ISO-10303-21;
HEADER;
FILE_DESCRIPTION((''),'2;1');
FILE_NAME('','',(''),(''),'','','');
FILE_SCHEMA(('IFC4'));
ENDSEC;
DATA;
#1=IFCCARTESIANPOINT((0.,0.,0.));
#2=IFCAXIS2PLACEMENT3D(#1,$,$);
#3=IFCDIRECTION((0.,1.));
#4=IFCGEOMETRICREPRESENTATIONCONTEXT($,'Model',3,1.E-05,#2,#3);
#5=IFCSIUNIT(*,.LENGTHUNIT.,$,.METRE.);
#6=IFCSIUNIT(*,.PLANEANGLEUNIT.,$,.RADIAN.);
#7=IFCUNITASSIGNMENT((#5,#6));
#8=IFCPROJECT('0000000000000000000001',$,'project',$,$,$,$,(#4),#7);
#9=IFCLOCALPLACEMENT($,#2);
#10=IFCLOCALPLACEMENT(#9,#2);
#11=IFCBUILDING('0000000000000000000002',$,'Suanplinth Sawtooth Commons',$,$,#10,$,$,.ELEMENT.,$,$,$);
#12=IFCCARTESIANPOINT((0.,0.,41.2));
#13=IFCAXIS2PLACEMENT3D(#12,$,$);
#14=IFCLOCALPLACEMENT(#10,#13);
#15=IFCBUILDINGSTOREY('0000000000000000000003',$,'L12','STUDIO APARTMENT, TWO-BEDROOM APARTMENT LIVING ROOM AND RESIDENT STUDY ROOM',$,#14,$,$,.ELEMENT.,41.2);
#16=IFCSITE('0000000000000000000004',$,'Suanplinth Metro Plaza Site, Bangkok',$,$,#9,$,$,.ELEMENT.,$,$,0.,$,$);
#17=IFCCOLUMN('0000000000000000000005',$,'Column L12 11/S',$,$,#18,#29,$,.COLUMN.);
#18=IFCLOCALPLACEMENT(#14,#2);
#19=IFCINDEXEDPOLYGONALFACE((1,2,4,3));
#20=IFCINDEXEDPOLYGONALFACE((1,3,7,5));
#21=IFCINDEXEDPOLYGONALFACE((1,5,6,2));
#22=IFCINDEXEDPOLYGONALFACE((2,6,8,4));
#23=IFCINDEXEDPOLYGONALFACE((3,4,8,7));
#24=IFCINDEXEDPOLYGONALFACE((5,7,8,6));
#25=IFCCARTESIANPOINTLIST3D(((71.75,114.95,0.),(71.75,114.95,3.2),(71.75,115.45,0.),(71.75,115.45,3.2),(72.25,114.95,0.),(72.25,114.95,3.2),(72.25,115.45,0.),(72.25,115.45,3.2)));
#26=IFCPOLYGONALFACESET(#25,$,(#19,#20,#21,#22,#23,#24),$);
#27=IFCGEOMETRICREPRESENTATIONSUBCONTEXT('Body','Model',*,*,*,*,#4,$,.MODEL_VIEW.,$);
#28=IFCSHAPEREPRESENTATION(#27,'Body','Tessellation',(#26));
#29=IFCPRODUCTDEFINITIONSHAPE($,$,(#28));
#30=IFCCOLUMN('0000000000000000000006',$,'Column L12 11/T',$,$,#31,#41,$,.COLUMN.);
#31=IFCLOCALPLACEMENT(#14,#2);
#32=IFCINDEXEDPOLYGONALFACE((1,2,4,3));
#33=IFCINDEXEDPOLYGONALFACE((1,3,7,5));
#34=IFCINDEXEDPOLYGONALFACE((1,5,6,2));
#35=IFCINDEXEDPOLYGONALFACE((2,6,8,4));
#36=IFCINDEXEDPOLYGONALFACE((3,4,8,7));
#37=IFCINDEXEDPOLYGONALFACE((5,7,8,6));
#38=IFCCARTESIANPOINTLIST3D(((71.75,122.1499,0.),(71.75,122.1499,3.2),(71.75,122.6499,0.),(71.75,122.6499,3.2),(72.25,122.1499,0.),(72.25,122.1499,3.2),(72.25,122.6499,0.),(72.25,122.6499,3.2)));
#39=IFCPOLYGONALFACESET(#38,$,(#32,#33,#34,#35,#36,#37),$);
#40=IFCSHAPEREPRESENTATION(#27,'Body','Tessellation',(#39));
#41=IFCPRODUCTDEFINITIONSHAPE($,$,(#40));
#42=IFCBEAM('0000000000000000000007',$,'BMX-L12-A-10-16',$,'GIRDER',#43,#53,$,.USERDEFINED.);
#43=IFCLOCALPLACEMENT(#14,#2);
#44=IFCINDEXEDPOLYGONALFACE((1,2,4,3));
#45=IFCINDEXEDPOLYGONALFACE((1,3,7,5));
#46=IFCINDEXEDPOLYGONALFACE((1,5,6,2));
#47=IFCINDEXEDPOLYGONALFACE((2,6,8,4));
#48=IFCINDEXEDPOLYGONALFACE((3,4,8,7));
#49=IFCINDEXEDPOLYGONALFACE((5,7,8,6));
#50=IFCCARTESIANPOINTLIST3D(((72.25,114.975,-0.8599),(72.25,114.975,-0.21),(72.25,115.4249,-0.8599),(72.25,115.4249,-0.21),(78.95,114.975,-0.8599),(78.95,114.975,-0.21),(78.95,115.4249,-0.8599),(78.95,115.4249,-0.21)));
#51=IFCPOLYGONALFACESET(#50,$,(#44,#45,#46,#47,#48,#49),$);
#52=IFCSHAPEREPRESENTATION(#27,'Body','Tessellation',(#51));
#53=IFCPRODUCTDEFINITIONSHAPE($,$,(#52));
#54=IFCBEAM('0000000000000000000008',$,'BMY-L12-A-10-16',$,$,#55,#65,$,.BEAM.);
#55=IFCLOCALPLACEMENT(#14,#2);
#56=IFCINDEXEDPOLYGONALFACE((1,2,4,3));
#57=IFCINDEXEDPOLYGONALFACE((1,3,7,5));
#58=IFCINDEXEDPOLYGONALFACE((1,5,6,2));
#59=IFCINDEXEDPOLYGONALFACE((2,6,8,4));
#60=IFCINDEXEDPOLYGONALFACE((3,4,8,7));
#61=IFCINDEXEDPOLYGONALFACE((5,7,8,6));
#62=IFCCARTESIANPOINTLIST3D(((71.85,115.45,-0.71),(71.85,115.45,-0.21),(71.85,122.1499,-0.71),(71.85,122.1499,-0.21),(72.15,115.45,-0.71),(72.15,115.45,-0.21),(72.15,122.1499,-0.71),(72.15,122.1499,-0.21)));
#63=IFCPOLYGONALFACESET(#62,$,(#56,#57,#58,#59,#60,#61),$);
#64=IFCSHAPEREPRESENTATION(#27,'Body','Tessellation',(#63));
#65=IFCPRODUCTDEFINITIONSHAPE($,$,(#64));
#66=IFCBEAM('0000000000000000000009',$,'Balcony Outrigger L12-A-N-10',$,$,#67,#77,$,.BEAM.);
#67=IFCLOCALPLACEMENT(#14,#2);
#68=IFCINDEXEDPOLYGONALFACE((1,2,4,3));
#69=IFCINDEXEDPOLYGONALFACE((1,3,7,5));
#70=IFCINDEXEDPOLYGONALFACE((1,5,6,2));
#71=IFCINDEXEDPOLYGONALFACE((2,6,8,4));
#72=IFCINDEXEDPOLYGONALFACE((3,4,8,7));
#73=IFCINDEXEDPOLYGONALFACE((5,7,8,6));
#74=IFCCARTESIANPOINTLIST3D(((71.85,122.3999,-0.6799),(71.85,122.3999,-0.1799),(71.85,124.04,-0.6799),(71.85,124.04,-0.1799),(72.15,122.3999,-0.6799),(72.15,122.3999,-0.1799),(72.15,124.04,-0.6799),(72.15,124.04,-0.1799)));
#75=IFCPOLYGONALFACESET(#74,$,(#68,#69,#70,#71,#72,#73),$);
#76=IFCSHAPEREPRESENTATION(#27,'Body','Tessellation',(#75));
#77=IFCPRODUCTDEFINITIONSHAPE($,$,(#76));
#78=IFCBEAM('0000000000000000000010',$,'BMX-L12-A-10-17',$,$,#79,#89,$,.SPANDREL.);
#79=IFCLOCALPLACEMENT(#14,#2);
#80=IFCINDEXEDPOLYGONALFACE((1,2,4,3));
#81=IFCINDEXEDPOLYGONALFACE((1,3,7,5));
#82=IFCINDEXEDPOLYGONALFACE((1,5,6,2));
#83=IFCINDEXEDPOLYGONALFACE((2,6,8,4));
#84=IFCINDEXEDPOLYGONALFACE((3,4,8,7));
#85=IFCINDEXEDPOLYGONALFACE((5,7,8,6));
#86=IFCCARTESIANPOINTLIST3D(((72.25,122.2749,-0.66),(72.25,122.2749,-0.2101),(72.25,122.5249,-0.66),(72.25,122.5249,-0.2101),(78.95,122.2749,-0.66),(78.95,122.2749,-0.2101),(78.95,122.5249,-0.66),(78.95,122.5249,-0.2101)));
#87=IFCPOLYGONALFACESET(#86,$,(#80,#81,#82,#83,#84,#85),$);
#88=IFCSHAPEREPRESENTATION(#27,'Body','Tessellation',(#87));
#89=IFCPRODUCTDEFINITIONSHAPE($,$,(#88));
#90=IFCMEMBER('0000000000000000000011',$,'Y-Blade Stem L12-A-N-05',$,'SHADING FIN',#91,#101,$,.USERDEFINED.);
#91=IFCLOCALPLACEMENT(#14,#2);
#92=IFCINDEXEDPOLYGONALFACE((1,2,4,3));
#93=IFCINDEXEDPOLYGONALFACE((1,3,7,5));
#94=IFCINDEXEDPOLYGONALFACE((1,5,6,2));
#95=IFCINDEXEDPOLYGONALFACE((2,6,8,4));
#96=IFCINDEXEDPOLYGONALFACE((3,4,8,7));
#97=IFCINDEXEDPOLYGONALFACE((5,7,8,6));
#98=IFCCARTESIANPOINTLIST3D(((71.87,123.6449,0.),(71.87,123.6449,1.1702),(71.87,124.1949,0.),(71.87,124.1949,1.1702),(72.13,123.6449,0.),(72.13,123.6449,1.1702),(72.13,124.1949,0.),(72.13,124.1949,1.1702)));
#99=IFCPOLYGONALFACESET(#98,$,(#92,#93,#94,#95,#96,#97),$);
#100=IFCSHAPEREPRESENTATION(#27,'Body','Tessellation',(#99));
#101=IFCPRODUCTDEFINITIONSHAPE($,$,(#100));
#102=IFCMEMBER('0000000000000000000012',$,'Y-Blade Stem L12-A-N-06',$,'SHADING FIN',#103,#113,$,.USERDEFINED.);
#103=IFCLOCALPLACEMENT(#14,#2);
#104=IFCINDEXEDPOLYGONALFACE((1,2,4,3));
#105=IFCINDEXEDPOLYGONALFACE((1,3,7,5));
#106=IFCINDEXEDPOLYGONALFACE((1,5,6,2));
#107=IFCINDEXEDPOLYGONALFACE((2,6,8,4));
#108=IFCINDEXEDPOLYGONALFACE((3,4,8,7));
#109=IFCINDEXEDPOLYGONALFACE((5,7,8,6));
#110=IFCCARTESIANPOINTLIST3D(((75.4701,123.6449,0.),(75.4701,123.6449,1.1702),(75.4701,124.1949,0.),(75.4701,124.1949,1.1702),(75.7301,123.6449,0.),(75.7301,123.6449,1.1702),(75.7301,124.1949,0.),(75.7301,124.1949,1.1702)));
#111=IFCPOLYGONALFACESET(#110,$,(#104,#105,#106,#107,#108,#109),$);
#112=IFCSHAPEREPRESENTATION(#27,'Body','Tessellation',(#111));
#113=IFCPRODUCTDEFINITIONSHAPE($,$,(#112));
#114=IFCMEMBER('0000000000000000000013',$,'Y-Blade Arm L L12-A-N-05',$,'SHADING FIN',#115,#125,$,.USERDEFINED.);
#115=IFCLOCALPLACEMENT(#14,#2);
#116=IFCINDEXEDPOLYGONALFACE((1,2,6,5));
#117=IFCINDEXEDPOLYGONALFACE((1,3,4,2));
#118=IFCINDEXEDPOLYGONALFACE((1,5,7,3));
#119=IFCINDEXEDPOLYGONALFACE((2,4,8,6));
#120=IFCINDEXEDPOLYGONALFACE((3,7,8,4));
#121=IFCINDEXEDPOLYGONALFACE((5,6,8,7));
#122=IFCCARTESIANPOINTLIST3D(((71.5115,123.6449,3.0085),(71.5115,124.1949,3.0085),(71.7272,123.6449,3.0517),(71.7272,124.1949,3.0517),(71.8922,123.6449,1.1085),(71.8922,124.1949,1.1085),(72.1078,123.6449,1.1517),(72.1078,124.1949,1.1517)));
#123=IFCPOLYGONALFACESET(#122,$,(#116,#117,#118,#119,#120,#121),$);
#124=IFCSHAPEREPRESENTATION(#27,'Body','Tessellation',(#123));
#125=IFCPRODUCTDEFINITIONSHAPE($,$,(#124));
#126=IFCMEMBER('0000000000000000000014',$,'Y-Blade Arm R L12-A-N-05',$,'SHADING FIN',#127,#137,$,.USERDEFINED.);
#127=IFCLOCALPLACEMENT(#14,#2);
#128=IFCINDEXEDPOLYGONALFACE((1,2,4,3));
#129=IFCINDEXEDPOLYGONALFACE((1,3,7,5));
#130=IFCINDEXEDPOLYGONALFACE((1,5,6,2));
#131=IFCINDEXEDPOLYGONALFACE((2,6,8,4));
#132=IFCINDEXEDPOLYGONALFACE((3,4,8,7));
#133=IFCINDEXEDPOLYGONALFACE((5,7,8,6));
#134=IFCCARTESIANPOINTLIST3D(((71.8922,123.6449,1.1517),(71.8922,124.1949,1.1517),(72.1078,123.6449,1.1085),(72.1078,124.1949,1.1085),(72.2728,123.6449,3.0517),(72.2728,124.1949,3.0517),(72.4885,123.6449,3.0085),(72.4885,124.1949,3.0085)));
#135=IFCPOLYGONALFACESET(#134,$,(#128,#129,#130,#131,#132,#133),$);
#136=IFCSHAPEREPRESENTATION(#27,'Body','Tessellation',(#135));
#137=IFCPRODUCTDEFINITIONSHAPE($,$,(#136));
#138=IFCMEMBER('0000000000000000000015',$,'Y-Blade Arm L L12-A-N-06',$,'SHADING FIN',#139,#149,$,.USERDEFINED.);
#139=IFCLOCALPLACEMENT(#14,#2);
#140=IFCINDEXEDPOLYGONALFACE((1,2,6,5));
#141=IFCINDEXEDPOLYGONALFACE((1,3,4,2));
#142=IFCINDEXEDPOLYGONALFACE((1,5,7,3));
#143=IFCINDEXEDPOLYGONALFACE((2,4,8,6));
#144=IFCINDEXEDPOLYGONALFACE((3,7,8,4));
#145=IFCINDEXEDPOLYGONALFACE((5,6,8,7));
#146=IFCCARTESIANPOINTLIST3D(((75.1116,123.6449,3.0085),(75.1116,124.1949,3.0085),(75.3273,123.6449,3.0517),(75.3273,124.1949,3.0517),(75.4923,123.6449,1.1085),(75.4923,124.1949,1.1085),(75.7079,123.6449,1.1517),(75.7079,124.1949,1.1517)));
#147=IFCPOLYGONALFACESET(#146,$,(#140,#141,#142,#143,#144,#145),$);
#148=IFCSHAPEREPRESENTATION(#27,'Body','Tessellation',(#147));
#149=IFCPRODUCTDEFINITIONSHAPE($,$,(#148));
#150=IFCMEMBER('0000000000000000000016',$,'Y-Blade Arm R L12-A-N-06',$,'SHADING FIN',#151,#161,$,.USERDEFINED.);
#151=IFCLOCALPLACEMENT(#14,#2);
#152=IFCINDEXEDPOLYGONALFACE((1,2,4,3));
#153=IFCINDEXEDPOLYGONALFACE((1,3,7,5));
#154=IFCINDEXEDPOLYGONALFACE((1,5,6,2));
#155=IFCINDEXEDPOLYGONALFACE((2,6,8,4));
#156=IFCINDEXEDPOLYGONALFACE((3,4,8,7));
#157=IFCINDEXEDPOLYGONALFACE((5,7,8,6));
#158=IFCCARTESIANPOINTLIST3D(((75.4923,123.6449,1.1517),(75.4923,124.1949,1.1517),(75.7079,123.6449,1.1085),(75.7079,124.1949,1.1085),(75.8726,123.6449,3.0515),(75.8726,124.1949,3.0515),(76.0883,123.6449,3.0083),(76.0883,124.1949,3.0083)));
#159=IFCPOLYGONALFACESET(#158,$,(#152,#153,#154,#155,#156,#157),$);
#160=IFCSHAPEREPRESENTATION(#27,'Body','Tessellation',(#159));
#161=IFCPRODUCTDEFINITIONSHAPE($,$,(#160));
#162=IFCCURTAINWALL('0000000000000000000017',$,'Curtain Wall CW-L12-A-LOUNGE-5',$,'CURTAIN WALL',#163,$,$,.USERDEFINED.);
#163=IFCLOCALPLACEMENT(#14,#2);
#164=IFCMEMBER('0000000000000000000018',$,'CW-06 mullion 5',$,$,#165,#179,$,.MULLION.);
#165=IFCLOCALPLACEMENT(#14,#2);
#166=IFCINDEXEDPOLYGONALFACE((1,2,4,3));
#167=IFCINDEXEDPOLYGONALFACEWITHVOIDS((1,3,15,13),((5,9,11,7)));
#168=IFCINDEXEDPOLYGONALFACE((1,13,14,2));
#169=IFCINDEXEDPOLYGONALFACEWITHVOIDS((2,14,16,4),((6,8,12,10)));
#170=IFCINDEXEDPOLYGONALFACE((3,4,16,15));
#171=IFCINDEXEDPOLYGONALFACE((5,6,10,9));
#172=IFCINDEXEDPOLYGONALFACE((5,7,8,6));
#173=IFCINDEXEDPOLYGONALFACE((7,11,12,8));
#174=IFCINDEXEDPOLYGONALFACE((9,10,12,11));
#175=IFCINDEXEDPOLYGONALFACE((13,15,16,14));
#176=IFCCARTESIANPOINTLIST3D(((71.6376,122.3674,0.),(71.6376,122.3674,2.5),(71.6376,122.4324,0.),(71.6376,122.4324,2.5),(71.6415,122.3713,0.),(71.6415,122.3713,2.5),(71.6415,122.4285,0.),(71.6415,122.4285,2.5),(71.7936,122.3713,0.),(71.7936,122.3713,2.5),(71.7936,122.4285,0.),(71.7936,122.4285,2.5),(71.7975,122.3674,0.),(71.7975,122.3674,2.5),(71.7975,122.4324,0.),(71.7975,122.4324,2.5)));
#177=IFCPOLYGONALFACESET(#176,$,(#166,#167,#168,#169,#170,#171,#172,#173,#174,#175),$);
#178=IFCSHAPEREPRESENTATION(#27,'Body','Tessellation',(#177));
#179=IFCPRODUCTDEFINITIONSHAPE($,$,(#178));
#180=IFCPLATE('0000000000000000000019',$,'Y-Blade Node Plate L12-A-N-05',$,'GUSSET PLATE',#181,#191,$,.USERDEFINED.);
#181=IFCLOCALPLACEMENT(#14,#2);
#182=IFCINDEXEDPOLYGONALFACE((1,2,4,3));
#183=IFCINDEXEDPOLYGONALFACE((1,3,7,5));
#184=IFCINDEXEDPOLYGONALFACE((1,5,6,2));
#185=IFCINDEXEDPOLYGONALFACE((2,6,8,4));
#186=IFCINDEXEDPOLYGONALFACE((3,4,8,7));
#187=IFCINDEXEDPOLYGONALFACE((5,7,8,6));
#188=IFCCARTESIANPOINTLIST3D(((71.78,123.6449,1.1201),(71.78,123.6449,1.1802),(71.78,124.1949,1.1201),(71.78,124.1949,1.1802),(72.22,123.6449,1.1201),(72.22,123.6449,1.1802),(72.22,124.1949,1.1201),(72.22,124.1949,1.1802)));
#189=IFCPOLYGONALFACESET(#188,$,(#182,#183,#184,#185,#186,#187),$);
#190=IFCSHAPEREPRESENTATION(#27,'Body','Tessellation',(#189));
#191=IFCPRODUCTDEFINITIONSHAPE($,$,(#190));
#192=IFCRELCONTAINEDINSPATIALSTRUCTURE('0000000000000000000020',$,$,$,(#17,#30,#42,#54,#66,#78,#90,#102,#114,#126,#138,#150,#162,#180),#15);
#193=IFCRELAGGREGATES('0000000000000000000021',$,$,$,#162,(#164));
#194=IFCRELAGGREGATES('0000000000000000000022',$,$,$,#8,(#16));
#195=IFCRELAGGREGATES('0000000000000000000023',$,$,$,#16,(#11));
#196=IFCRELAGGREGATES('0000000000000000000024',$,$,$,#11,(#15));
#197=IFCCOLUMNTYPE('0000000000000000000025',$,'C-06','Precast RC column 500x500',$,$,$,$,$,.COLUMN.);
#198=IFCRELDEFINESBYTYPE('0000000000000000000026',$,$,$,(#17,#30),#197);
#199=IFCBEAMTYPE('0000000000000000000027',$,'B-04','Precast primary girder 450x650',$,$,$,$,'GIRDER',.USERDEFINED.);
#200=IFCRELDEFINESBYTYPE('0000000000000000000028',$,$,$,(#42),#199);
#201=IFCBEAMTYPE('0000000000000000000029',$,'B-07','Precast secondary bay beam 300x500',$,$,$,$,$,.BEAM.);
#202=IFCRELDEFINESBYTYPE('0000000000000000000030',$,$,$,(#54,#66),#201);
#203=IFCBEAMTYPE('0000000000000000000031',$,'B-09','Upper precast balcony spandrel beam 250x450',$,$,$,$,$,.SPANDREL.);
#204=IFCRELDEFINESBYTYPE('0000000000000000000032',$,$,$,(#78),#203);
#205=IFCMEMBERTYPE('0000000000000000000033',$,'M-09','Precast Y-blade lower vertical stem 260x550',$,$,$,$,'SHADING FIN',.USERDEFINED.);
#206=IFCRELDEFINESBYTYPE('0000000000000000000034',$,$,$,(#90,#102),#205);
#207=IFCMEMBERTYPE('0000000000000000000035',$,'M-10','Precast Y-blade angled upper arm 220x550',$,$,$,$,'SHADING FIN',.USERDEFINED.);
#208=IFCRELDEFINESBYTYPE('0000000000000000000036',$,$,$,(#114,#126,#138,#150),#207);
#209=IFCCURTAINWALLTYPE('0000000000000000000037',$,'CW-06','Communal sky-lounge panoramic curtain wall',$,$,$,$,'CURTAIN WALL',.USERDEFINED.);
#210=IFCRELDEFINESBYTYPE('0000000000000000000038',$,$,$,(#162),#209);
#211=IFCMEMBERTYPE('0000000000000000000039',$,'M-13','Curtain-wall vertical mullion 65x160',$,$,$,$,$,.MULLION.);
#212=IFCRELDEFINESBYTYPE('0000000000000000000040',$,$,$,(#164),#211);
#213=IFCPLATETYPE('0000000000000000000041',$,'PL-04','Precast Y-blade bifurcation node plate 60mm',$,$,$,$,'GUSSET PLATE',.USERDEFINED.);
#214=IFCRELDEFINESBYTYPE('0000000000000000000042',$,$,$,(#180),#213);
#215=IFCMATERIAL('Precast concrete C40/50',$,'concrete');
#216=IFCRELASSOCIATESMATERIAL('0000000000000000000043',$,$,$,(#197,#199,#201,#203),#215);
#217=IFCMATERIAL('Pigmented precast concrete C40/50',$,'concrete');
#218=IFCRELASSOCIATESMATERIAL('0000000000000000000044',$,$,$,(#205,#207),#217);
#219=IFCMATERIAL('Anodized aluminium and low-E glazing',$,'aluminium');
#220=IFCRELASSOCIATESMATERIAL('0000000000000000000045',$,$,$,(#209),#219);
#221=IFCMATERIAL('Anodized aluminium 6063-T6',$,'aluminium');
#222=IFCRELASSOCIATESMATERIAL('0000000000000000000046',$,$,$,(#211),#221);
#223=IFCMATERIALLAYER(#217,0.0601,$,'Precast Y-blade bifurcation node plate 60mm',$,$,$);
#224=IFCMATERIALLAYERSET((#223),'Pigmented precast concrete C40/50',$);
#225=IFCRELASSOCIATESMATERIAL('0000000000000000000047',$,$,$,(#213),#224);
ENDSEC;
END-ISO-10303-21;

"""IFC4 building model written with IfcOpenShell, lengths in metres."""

from ifc_helpers import new_model, si_unit, direction, frame, origin, origin_2d, place, context, subcontext, project, spatial, rectangle, hollow_rectangle, extrude, material, layer, layer_set, material_profile, profile_set, type_object, element, aggregate, save


model = new_model("IFC4")

# Units and contexts
model_context = context("Model", 3, precision=1e-05, world=origin(), true_north=direction((0.0, 1.0)))
body_context = subcontext(model_context, "Body", "Model", "MODEL_VIEW")
ifc_project = project(units=[si_unit("LENGTHUNIT", "METRE"), si_unit("PLANEANGLEUNIT", "RADIAN")], contexts=[model_context])

# Site, building, storey
site_placement = place(None, origin())
site = spatial("IfcSite", under=ifc_project, at=site_placement, Name="Suanplinth Metro Plaza Site, Bangkok", CompositionType="ELEMENT", RefElevation=0.0)
building_placement = place(site_placement, origin())
building = spatial("IfcBuilding", under=site, at=building_placement, Name="Suanplinth Sawtooth Commons", CompositionType="ELEMENT")
storey_placement = place(building_placement, frame((0.0, 0.0, 41.2)))
storey = spatial("IfcBuildingStorey", under=building, at=storey_placement, Name="L12", Description="STUDIO APARTMENT, TWO-BEDROOM APARTMENT LIVING ROOM AND RESIDENT STUDY ROOM", CompositionType="ELEMENT", Elevation=41.2)

# Columns
ifc_material_1 = material(Name="Precast concrete C40/50", Category="concrete")
ifc_material_profile_1 = material_profile(ifc_material_1, rectangle(XDim=0.5, YDim=0.5, at=origin_2d()), Name="PC-COL 500x500")
ifc_profile_set_1 = profile_set([ifc_material_profile_1], Name="Precast concrete C40/50")
column_type = type_object("IfcColumnType", Name="C-06", Description="Precast RC column 500x500", PredefinedType="COLUMN", material=ifc_profile_set_1)
for number, where, z_axis, x_axis, name in (
    (1, (72.0, 115.2, 0.0), (0.0, 0.0, 1.0), (1.0, 0.0, 0.0), "Column L12 11/S"),
    (2, (72.0, 122.3999, 0.0), (0.0, 0.0, 1.0), (1.0, 0.0, 0.0), "Column L12 11/T"),
):
    element("IfcColumn", number, at=place(storey_placement, frame(where, z_axis=z_axis, x_axis=x_axis)), inside=storey, type_object=column_type, Name=name, PredefinedType="COLUMN", context=body_context, shape_type="SweptSolid", body=[
        extrude(rectangle(XDim=0.5, YDim=0.5, at=origin_2d()), origin(), (0.0, 0.0, 1.0), 3.2),
    ])

# Beams
ifc_material_profile_2 = material_profile(ifc_material_1, rectangle(XDim=0.45, YDim=0.6499, at=origin_2d()), Name="PC-GDR 450x650")
ifc_profile_set_2 = profile_set([ifc_material_profile_2], Name="Precast concrete C40/50")
beam_type_1 = type_object("IfcBeamType", Name="B-04", Description="Precast primary girder 450x650", ElementType="GIRDER", PredefinedType="USERDEFINED", material=ifc_profile_set_2)
beam_1_placement = place(storey_placement, frame((72.25, 115.2, -0.5349), z_axis=(1.0, 0.0, 0.0), x_axis=(0.0, 1.0, 0.0)))
element("IfcBeam", 3, at=beam_1_placement, inside=storey, type_object=beam_type_1, Name="BMX-L12-A-10-16", ObjectType="GIRDER", PredefinedType="USERDEFINED", context=body_context, shape_type="SweptSolid", body=[
    extrude(rectangle(XDim=0.45, YDim=0.6499, at=origin_2d()), origin(), (0.0, 0.0, 1.0), 6.7),
])
ifc_material_profile_3 = material_profile(ifc_material_1, rectangle(XDim=0.3, YDim=0.5, at=origin_2d()), Name="PC-BM 300x500")
ifc_profile_set_3 = profile_set([ifc_material_profile_3], Name="Precast concrete C40/50")
beam_type_2 = type_object("IfcBeamType", Name="B-07", Description="Precast secondary bay beam 300x500", PredefinedType="BEAM", material=ifc_profile_set_3)
beam_2_placement = place(storey_placement, frame((72.0, 115.45, -0.46), z_axis=(0.0, 1.0, 0.0), x_axis=(-1.0, 0.0, 0.0)))
element("IfcBeam", 4, at=beam_2_placement, inside=storey, type_object=beam_type_2, Name="BMY-L12-A-10-16", PredefinedType="BEAM", context=body_context, shape_type="SweptSolid", body=[
    extrude(rectangle(XDim=0.3, YDim=0.5, at=origin_2d()), origin(), (0.0, 0.0, 1.0), 6.7),
])
beam_3_placement = place(storey_placement, frame((72.0, 122.3999, -0.4299), z_axis=(0.0, 1.0, 0.0), x_axis=(-1.0, 0.0, 0.0)))
element("IfcBeam", 5, at=beam_3_placement, inside=storey, type_object=beam_type_2, Name="Balcony Outrigger L12-A-N-10", PredefinedType="BEAM", context=body_context, shape_type="SweptSolid", body=[
    extrude(rectangle(XDim=0.3, YDim=0.5, at=origin_2d()), origin(), (0.0, 0.0, 1.0), 1.6401),
])
ifc_material_profile_4 = material_profile(ifc_material_1, rectangle(XDim=0.25, YDim=0.45, at=origin_2d()), Name="PC-SP 250x450")
ifc_profile_set_4 = profile_set([ifc_material_profile_4], Name="Precast concrete C40/50")
beam_type_3 = type_object("IfcBeamType", Name="B-09", Description="Upper precast balcony spandrel beam 250x450", PredefinedType="SPANDREL", material=ifc_profile_set_4)
beam_4_placement = place(storey_placement, frame((72.25, 122.3999, -0.4351), z_axis=(1.0, 0.0, 0.0), x_axis=(0.0, 1.0, 0.0)))
element("IfcBeam", 6, at=beam_4_placement, inside=storey, type_object=beam_type_3, Name="BMX-L12-A-10-17", PredefinedType="SPANDREL", context=body_context, shape_type="SweptSolid", body=[
    extrude(rectangle(XDim=0.25, YDim=0.45, at=origin_2d()), origin(), (0.0, 0.0, 1.0), 6.7),
])

# Members
ifc_material_2 = material(Name="Pigmented precast concrete C40/50", Category="concrete")
ifc_material_profile_5 = material_profile(ifc_material_2, rectangle(XDim=0.26, YDim=0.55, at=origin_2d()), Name="PC-FIN 260x550")
ifc_profile_set_5 = profile_set([ifc_material_profile_5], Name="Pigmented precast concrete C40/50")
member_type_1 = type_object("IfcMemberType", Name="M-09", Description="Precast Y-blade lower vertical stem 260x550", ElementType="SHADING FIN", PredefinedType="USERDEFINED", material=ifc_profile_set_5)
for number, where, z_axis, x_axis, name in (
    (7, (72.0, 123.9199, 0.0), (0.0, 0.0, 1.0), (1.0, 0.0, 0.0), "Y-Blade Stem L12-A-N-05"),
    (8, (75.6001, 123.9199, 0.0), (0.0, 0.0, 1.0), (1.0, 0.0, 0.0), "Y-Blade Stem L12-A-N-06"),
):
    element("IfcMember", number, at=place(storey_placement, frame(where, z_axis=z_axis, x_axis=x_axis)), inside=storey, type_object=member_type_1, Name=name, ObjectType="SHADING FIN", PredefinedType="USERDEFINED", context=body_context, shape_type="SweptSolid", body=[
        extrude(rectangle(XDim=0.26, YDim=0.55, at=origin_2d()), origin(), (0.0, 0.0, 1.0), 1.1702),
    ])
ifc_material_profile_6 = material_profile(ifc_material_2, rectangle(XDim=0.22, YDim=0.55, at=origin_2d()), Name="PC-FIN 220x550")
ifc_profile_set_6 = profile_set([ifc_material_profile_6], Name="Pigmented precast concrete C40/50")
member_type_2 = type_object("IfcMemberType", Name="M-10", Description="Precast Y-blade angled upper arm 220x550", ElementType="SHADING FIN", PredefinedType="USERDEFINED", material=ifc_profile_set_6)
for number, where, z_axis, x_axis, name in (
    (9, (72.0, 123.9199, 1.1301), (-0.196431, 0.0, 0.980518), (0.980518, 0.0, 0.196431), "Y-Blade Arm L L12-A-N-05"),
    (10, (72.0, 123.9199, 1.1301), (0.196431, 0.0, 0.980518), (-0.980518, 0.0, 0.196431), "Y-Blade Arm R L12-A-N-05"),
    (11, (75.6001, 123.9199, 1.1301), (-0.196431, 0.0, 0.980518), (0.980518, 0.0, 0.196431), "Y-Blade Arm L L12-A-N-06"),
):
    element("IfcMember", number, at=place(storey_placement, frame(where, z_axis=z_axis, x_axis=x_axis)), inside=storey, type_object=member_type_2, Name=name, ObjectType="SHADING FIN", PredefinedType="USERDEFINED", context=body_context, shape_type="SweptSolid", body=[
        extrude(rectangle(XDim=0.22, YDim=0.55, at=origin_2d()), origin(), (0.0, 0.0, 1.0), 1.9377),
    ])
member_1_placement = place(storey_placement, frame((75.6001, 123.9199, 1.1301), z_axis=(0.19631, 0.0, 0.980542), x_axis=(-0.980542, 0.0, 0.19631)))
element("IfcMember", 12, at=member_1_placement, inside=storey, type_object=member_type_2, Name="Y-Blade Arm R L12-A-N-06", ObjectType="SHADING FIN", PredefinedType="USERDEFINED", context=body_context, shape_type="SweptSolid", body=[
    extrude(rectangle(XDim=0.22, YDim=0.55, at=origin_2d()), origin(), (0.0, 0.0, 1.0), 1.9375),
])

# Curtain wall, member
ifc_material_3 = material(Name="Anodized aluminium and low-E glazing", Category="aluminium")
curtain_wall_type = type_object("IfcCurtainWallType", Name="CW-06", Description="Communal sky-lounge panoramic curtain wall", ElementType="CURTAIN WALL", PredefinedType="USERDEFINED", material=ifc_material_3)
curtain_wall_placement = place(storey_placement, origin())
curtain_wall = element("IfcCurtainWall", 13, at=curtain_wall_placement, inside=storey, type_object=curtain_wall_type, Name="Curtain Wall CW-L12-A-LOUNGE-5", ObjectType="CURTAIN WALL", PredefinedType="USERDEFINED")
ifc_material_4 = material(Name="Anodized aluminium 6063-T6", Category="aluminium")
ifc_material_profile_7 = material_profile(ifc_material_4, hollow_rectangle(XDim=0.0649, YDim=0.1599, WallThickness=0.0039, at=origin_2d()), Name="ALU-MUL 65x160")
ifc_profile_set_7 = profile_set([ifc_material_profile_7], Name="Anodized aluminium 6063-T6")
member_type_3 = type_object("IfcMemberType", Name="M-13", Description="Curtain-wall vertical mullion 65x160", PredefinedType="MULLION", material=ifc_profile_set_7)
member_2_placement = place(storey_placement, frame((71.7175, 122.3999, 0.0), z_axis=(0.0, 0.0, 1.0), x_axis=(0.0, 1.0, 0.0)))
member_2 = element("IfcMember", 14, at=member_2_placement, type_object=member_type_3, Name="CW-06 mullion 5", PredefinedType="MULLION", context=body_context, shape_type="SweptSolid", body=[
    extrude(hollow_rectangle(XDim=0.0649, YDim=0.1599, WallThickness=0.0039, at=origin_2d()), origin(), (0.0, 0.0, 1.0), 2.5),
])
aggregate(curtain_wall, [member_2])

# Plate
ifc_layer_1 = layer(ifc_material_2, 0.0601, Name="Precast Y-blade bifurcation node plate 60mm")
ifc_layer_set_1 = layer_set([ifc_layer_1], Name="Pigmented precast concrete C40/50")
plate_type = type_object("IfcPlateType", Name="PL-04", Description="Precast Y-blade bifurcation node plate 60mm", ElementType="GUSSET PLATE", PredefinedType="USERDEFINED", material=ifc_layer_set_1)
for number, where, z_axis, x_axis, name in (
    (15, (72.0, 123.9199, 1.1201), (0.0, 0.0, 1.0), (1.0, 0.0, 0.0), "Y-Blade Node Plate L12-A-N-05"),
):
    element("IfcPlate", number, at=place(storey_placement, frame(where, z_axis=z_axis, x_axis=x_axis)), inside=storey, type_object=plate_type, Name=name, ObjectType="GUSSET PLATE", PredefinedType="USERDEFINED", context=body_context, shape_type="SweptSolid", body=[
        extrude(rectangle(XDim=0.4399, YDim=0.55, at=origin_2d()), origin(), (0.0, 0.0, 1.0), 0.0601),
    ])

save(model, "model.ifc")
